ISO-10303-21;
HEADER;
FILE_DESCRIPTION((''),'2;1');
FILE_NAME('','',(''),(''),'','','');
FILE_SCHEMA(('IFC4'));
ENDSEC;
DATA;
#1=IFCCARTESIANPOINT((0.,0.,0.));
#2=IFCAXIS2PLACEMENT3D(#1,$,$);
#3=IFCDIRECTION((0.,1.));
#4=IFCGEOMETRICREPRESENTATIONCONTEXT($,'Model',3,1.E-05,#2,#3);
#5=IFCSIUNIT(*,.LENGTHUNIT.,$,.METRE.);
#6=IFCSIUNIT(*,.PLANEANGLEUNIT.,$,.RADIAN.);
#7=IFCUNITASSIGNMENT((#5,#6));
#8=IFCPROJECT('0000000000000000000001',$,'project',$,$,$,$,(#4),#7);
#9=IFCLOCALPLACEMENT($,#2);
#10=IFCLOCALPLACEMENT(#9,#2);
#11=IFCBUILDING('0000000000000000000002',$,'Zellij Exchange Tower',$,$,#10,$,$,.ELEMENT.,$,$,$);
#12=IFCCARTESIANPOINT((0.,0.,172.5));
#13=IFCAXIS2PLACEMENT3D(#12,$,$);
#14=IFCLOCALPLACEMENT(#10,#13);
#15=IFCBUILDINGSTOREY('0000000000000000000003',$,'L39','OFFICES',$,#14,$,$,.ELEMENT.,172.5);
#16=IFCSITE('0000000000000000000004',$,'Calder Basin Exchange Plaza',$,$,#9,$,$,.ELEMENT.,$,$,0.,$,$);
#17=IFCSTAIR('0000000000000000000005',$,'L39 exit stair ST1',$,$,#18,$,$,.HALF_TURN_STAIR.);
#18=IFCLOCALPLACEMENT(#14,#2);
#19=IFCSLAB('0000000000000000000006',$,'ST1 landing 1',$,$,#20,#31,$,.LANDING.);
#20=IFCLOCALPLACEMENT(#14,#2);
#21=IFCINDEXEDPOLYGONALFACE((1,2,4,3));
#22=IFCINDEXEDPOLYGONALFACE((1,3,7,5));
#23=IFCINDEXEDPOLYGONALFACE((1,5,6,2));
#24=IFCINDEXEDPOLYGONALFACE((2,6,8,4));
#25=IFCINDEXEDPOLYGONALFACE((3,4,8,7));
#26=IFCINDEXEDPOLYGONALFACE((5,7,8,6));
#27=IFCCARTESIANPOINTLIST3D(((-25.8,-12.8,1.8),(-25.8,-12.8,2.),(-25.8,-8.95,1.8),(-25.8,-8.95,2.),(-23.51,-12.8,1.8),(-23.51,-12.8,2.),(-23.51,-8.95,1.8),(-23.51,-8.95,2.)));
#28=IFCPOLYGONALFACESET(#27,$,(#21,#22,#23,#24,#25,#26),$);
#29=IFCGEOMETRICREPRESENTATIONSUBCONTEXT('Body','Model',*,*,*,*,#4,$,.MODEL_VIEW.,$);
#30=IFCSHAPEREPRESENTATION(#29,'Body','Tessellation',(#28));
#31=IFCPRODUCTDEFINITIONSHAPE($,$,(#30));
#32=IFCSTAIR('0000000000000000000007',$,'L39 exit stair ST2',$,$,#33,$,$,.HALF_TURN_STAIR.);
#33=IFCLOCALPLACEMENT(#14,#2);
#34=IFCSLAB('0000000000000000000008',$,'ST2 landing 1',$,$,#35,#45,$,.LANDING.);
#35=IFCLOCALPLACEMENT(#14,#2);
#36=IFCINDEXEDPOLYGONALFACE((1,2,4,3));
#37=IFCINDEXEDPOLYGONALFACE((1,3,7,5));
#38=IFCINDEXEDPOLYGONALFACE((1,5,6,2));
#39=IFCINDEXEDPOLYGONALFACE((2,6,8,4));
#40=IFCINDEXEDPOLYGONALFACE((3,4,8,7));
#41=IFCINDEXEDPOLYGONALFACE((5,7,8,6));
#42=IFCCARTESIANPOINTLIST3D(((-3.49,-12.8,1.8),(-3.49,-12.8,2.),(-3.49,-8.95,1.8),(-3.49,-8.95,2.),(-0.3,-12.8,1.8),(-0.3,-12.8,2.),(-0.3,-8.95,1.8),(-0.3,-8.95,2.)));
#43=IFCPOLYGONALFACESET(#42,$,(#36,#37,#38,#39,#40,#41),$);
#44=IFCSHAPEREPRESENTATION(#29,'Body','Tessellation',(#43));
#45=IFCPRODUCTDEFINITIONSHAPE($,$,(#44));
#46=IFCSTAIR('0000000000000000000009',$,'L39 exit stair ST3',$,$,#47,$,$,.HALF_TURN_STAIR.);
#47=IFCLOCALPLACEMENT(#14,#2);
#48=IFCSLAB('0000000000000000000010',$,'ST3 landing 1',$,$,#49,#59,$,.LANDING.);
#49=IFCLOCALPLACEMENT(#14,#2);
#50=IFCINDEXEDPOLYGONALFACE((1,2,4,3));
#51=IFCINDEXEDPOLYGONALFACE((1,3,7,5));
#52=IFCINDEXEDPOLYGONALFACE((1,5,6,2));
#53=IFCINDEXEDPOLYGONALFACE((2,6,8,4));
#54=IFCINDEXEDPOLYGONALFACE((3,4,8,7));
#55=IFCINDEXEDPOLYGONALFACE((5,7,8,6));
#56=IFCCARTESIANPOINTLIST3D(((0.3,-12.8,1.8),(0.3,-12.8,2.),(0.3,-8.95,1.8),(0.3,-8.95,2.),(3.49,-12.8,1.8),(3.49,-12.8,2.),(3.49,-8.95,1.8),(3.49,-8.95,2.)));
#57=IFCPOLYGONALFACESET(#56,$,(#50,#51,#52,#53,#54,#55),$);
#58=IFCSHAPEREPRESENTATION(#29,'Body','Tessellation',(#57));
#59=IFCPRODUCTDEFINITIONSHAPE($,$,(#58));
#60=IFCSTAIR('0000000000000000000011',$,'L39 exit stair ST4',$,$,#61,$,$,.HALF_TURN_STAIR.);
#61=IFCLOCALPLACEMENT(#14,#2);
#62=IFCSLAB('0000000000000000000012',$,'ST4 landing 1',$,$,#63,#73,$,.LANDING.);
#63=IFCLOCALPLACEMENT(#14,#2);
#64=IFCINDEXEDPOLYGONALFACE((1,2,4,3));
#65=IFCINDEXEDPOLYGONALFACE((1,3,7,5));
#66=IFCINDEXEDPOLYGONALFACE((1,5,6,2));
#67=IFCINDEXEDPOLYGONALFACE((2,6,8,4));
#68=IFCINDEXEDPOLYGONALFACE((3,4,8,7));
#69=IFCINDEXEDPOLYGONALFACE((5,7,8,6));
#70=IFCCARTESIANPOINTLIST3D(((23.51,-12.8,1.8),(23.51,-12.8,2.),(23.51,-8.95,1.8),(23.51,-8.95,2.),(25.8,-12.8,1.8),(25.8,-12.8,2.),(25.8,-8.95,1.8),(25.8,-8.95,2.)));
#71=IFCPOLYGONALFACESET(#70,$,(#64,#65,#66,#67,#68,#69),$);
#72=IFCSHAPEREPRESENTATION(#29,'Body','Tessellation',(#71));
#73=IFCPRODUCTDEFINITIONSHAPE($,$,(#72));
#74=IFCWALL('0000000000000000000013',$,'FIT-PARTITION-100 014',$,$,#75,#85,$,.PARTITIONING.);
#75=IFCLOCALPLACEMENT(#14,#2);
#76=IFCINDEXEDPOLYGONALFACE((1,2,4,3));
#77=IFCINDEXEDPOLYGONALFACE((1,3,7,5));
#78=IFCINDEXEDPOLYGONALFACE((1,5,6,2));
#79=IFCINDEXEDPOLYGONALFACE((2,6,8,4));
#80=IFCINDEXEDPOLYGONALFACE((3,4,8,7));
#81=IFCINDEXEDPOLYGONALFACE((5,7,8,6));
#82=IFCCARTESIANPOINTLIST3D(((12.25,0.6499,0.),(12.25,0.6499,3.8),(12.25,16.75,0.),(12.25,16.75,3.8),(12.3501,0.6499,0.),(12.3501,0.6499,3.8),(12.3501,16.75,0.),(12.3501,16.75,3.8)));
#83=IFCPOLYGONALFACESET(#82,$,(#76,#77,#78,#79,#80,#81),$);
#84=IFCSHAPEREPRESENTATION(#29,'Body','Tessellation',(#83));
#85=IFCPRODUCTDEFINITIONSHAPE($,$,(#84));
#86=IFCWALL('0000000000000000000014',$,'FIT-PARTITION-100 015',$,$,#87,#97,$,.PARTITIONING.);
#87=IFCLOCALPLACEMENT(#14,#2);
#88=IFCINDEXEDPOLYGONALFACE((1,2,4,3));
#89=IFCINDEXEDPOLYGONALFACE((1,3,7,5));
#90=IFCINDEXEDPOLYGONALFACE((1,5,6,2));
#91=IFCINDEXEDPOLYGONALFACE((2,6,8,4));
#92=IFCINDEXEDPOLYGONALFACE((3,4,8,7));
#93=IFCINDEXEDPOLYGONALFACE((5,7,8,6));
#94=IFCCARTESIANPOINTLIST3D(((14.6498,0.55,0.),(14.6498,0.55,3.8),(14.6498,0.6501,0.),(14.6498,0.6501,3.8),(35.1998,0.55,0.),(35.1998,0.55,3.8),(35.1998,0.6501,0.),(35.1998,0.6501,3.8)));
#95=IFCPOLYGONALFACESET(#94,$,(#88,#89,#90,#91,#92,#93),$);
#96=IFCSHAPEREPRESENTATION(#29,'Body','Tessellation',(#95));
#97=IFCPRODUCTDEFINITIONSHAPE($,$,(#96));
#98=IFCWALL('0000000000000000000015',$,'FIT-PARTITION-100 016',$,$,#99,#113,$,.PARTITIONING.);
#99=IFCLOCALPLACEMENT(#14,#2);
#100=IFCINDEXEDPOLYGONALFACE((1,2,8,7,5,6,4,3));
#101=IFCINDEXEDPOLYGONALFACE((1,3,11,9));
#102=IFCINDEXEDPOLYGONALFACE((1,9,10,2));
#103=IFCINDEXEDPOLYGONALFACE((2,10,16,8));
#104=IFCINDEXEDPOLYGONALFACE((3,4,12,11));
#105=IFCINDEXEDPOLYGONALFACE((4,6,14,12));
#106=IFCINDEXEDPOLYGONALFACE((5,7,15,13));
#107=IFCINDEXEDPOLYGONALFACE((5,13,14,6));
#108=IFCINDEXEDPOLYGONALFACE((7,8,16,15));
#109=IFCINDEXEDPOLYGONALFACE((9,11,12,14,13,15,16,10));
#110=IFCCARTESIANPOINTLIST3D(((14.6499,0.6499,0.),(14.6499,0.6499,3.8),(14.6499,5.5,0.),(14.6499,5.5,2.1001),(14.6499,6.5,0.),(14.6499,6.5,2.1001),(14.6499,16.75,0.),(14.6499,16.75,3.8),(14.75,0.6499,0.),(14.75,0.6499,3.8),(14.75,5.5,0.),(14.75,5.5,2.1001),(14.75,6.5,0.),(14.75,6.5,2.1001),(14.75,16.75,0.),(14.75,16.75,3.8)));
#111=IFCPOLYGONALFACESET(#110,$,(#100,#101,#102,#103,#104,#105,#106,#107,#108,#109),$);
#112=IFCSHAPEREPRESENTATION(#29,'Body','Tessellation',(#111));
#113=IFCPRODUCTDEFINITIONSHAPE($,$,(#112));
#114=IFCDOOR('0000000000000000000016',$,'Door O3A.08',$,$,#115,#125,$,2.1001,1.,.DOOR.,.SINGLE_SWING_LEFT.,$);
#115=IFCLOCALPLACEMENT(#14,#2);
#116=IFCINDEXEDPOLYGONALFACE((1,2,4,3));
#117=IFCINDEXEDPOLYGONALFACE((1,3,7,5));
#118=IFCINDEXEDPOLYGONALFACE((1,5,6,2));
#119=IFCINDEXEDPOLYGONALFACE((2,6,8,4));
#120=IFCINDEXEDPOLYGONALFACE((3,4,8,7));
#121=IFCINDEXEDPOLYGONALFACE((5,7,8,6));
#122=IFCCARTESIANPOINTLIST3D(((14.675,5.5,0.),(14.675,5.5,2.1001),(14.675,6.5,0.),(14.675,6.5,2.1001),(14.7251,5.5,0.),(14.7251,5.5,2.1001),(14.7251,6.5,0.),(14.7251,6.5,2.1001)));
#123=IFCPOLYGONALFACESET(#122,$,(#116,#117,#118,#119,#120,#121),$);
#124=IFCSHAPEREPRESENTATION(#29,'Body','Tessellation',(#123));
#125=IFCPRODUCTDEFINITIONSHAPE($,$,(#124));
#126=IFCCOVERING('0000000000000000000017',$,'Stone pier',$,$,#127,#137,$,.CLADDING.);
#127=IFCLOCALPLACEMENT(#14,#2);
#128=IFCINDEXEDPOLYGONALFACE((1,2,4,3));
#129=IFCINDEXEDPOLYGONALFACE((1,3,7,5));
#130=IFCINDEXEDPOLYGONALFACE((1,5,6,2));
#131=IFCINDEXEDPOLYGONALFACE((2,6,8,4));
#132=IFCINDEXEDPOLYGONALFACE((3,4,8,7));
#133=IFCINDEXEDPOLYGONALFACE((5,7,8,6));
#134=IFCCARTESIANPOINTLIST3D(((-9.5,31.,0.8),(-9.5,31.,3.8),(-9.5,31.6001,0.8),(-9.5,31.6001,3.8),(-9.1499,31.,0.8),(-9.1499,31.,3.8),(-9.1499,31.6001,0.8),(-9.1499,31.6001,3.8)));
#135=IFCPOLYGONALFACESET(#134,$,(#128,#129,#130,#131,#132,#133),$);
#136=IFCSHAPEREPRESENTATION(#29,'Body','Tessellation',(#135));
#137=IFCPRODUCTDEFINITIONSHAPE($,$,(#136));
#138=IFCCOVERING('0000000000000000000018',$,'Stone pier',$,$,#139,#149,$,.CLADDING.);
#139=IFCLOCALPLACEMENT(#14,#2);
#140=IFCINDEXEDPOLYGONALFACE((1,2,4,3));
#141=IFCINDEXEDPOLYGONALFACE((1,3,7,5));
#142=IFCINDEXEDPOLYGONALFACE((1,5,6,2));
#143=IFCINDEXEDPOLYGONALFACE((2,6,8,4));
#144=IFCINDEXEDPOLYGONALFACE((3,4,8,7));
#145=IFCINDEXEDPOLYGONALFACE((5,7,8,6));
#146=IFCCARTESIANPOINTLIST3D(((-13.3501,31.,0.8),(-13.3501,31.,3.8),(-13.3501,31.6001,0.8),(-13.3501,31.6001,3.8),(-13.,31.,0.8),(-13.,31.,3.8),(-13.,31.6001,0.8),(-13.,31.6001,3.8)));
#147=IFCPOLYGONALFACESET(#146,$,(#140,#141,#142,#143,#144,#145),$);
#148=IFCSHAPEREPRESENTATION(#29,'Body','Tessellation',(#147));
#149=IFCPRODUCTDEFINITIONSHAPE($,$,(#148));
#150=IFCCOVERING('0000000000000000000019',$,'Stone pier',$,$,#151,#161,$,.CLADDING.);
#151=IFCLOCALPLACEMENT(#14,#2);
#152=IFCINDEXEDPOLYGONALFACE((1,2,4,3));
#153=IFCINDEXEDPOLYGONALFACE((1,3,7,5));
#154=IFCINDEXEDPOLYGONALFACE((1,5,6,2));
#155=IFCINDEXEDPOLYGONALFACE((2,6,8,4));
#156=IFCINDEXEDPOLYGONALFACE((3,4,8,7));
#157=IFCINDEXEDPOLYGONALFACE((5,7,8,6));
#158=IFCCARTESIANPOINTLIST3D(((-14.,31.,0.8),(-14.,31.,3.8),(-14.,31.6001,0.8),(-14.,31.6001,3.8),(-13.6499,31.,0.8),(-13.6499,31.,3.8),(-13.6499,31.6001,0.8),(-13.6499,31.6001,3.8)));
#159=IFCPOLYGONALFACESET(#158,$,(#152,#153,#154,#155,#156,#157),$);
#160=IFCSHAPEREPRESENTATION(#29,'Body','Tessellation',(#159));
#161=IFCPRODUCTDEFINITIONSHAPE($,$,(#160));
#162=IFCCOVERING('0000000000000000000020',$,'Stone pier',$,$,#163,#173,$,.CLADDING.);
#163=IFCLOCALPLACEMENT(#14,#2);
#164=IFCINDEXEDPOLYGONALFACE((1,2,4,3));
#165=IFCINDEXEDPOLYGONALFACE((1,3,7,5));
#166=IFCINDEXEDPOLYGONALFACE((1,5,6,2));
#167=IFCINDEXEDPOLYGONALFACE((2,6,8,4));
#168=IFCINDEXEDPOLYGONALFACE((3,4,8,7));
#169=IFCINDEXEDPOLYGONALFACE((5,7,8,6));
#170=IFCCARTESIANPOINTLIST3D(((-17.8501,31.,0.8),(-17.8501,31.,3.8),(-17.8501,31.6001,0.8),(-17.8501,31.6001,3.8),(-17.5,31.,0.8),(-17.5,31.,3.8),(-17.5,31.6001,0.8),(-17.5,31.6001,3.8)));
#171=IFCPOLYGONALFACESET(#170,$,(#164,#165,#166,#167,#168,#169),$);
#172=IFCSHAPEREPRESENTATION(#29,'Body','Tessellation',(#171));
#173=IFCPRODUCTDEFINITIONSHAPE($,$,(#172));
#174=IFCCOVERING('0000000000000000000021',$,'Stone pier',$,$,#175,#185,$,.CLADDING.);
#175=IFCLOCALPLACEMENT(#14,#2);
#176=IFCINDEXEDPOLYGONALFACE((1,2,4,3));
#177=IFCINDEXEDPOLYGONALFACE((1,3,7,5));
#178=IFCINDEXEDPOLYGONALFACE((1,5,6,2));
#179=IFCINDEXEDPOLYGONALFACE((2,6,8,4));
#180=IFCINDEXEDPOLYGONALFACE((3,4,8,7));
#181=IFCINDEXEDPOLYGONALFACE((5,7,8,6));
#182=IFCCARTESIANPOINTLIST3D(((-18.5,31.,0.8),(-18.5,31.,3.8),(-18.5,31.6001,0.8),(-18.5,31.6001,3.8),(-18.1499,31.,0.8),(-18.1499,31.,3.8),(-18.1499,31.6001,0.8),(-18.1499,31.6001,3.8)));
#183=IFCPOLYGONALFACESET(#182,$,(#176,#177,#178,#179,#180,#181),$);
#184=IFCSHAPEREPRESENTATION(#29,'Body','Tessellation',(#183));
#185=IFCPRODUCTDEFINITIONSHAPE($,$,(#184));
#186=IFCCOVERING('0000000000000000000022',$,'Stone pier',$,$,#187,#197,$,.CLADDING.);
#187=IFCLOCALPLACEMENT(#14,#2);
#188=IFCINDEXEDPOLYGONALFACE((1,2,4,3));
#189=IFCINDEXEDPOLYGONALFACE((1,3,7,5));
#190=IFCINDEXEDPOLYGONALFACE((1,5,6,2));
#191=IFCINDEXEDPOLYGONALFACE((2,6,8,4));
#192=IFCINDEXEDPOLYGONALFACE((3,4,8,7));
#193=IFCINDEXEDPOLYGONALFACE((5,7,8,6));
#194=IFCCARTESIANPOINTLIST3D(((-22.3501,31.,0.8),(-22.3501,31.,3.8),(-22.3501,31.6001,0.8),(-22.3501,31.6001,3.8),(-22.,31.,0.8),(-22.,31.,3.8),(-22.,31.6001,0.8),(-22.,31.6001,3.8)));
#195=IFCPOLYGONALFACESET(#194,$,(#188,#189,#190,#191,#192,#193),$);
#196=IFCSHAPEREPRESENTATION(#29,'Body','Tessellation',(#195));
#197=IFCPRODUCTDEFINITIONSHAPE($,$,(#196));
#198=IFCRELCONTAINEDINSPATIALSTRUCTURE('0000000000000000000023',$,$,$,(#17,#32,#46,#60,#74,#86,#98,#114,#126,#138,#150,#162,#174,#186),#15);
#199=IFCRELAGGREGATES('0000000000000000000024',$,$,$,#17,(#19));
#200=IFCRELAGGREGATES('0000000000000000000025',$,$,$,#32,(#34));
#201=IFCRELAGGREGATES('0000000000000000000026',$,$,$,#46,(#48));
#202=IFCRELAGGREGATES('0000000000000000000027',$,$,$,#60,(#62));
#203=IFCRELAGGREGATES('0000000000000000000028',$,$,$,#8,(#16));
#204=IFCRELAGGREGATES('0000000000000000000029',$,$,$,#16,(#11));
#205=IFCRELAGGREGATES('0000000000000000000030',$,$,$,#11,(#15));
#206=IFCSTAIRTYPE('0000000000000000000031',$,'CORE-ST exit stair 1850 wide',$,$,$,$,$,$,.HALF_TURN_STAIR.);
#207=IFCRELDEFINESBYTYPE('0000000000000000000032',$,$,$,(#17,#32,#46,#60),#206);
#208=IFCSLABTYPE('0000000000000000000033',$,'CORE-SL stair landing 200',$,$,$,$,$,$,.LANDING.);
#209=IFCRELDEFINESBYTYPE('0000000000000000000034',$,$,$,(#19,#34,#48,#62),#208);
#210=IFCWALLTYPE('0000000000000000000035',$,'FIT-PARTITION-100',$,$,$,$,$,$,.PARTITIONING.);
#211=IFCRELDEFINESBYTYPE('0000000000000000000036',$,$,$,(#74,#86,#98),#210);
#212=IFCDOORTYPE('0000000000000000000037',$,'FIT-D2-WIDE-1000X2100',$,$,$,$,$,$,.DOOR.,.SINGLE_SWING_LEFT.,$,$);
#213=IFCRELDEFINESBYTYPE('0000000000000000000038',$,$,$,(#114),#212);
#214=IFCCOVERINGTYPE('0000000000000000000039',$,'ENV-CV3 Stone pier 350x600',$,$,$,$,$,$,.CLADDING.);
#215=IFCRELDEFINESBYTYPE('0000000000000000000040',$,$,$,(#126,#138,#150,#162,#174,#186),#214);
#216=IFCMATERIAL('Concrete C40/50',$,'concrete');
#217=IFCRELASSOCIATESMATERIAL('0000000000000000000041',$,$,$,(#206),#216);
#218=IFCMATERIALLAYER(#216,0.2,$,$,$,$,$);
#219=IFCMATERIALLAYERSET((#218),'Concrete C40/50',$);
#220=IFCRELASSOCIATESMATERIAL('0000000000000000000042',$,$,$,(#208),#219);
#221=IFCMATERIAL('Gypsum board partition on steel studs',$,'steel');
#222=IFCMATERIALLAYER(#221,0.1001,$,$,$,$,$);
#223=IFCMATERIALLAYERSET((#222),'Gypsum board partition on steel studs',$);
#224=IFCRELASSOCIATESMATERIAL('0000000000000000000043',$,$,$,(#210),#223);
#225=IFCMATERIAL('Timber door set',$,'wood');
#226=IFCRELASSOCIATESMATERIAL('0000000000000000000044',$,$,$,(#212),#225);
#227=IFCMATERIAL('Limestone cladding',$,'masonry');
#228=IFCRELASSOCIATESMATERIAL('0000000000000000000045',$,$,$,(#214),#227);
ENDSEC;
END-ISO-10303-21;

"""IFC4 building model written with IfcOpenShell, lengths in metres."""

from ifc_helpers import new_model, si_unit, direction, frame, frame_2d, origin, place, context, subcontext, project, spatial, polyline, rectangle, outline, extrude, material, layer, layer_set, type_object, element, fill, aggregate, save


model = new_model("IFC4")

# Units and contexts
model_context = context("Model", 3, precision=1e-05, world=origin(), true_north=direction((0.0, 1.0)))
body_context = subcontext(model_context, "Body", "Model", "MODEL_VIEW")
ifc_project = project(units=[si_unit("LENGTHUNIT", "METRE"), si_unit("PLANEANGLEUNIT", "RADIAN")], contexts=[model_context])

# Site, building, storey
site_placement = place(None, origin())
site = spatial("IfcSite", under=ifc_project, at=site_placement, Name="Calder Basin Exchange Plaza", CompositionType="ELEMENT", RefElevation=0.0)
building_placement = place(site_placement, origin())
building = spatial("IfcBuilding", under=site, at=building_placement, Name="Zellij Exchange Tower", CompositionType="ELEMENT")
storey_placement = place(building_placement, frame((0.0, 0.0, 172.5)))
storey = spatial("IfcBuildingStorey", under=building, at=storey_placement, Name="L39", Description="OFFICES", CompositionType="ELEMENT", Elevation=172.5)

# Stairs, slabs
ifc_material_1 = material(Name="Concrete C40/50", Category="concrete")
stair_type = type_object("IfcStairType", Name="CORE-ST exit stair 1850 wide", PredefinedType="HALF_TURN_STAIR", material=ifc_material_1)
stair_1_placement = place(storey_placement, origin())
stair_1 = element("IfcStair", 1, at=stair_1_placement, inside=storey, type_object=stair_type, Name="L39 exit stair ST1", PredefinedType="HALF_TURN_STAIR")
ifc_layer_1 = layer(ifc_material_1, 0.2)
ifc_layer_set_1 = layer_set([ifc_layer_1], Name="Concrete C40/50")
slab_type = type_object("IfcSlabType", Name="CORE-SL stair landing 200", PredefinedType="LANDING", material=ifc_layer_set_1)
slab_1_placement = place(storey_placement, frame((0.0, 0.0, 1.8)))
slab_1 = element("IfcSlab", 2, at=slab_1_placement, type_object=slab_type, Name="ST1 landing 1", PredefinedType="LANDING", context=body_context, shape_type="SweptSolid", body=[
    extrude(outline(polyline([(-23.51, -8.95), (-25.8, -8.95), (-25.8, -12.8), (-23.51, -12.8), (-23.51, -8.95)])), origin(), (0.0, 0.0, 1.0), 0.2),
])
aggregate(stair_1, [slab_1])
stair_2_placement = place(storey_placement, origin())
stair_2 = element("IfcStair", 3, at=stair_2_placement, inside=storey, type_object=stair_type, Name="L39 exit stair ST2", PredefinedType="HALF_TURN_STAIR")
slab_2_placement = place(storey_placement, frame((0.0, 0.0, 1.8)))
slab_2 = element("IfcSlab", 4, at=slab_2_placement, type_object=slab_type, Name="ST2 landing 1", PredefinedType="LANDING", context=body_context, shape_type="SweptSolid", body=[
    extrude(outline(polyline([(-3.49, -12.8), (-0.3, -12.8), (-0.3, -8.95), (-3.49, -8.95), (-3.49, -12.8)])), origin(), (0.0, 0.0, 1.0), 0.2),
])
aggregate(stair_2, [slab_2])
stair_3_placement = place(storey_placement, origin())
stair_3 = element("IfcStair", 5, at=stair_3_placement, inside=storey, type_object=stair_type, Name="L39 exit stair ST3", PredefinedType="HALF_TURN_STAIR")
slab_3_placement = place(storey_placement, frame((0.0, 0.0, 1.8)))
slab_3 = element("IfcSlab", 6, at=slab_3_placement, type_object=slab_type, Name="ST3 landing 1", PredefinedType="LANDING", context=body_context, shape_type="SweptSolid", body=[
    extrude(outline(polyline([(3.49, -8.95), (0.3, -8.95), (0.3, -12.8), (3.49, -12.8), (3.49, -8.95)])), origin(), (0.0, 0.0, 1.0), 0.2),
])
aggregate(stair_3, [slab_3])
stair_4_placement = place(storey_placement, origin())
stair_4 = element("IfcStair", 7, at=stair_4_placement, inside=storey, type_object=stair_type, Name="L39 exit stair ST4", PredefinedType="HALF_TURN_STAIR")
slab_4_placement = place(storey_placement, frame((0.0, 0.0, 1.8)))
slab_4 = element("IfcSlab", 8, at=slab_4_placement, type_object=slab_type, Name="ST4 landing 1", PredefinedType="LANDING", context=body_context, shape_type="SweptSolid", body=[
    extrude(outline(polyline([(23.51, -12.8), (25.8, -12.8), (25.8, -8.95), (23.51, -8.95), (23.51, -12.8)])), origin(), (0.0, 0.0, 1.0), 0.2),
])
aggregate(stair_4, [slab_4])

# Walls
ifc_material_2 = material(Name="Gypsum board partition on steel studs", Category="steel")
ifc_layer_2 = layer(ifc_material_2, 0.1001)
ifc_layer_set_2 = layer_set([ifc_layer_2], Name="Gypsum board partition on steel studs")
wall_type = type_object("IfcWallType", Name="FIT-PARTITION-100", PredefinedType="PARTITIONING", material=ifc_layer_set_2)
wall_1_placement = place(storey_placement, frame((12.3, 0.6499, 0.0), z_axis=(0.0, 0.0, 1.0), x_axis=(0.0, 1.0, 0.0)))
element("IfcWall", 9, at=wall_1_placement, inside=storey, type_object=wall_type, Name="FIT-PARTITION-100 014", PredefinedType="PARTITIONING", context=body_context, shape_type="SweptSolid", body=[
    extrude(rectangle(XDim=16.1001, YDim=0.1001, at=frame_2d((8.05, 0.0))), origin(), (0.0, 0.0, 1.0), 3.8),
])
wall_2_placement = place(storey_placement, frame((14.6499, 0.6001, 0.0), z_axis=(0.0, 0.0, 1.0), x_axis=(1.0, 0.0, 0.0)))
element("IfcWall", 10, at=wall_2_placement, inside=storey, type_object=wall_type, Name="FIT-PARTITION-100 015", PredefinedType="PARTITIONING", context=body_context, shape_type="SweptSolid", body=[
    extrude(rectangle(XDim=20.55, YDim=0.1001, at=frame_2d((10.2749, 0.0))), origin(), (0.0, 0.0, 1.0), 3.8),
])

# Wall, opening, door
wall_3_placement = place(storey_placement, frame((14.7, 0.6499, 0.0), z_axis=(0.0, 0.0, 1.0), x_axis=(0.0, 1.0, 0.0)))
wall_3 = element("IfcWall", 11, at=wall_3_placement, inside=storey, type_object=wall_type, Name="FIT-PARTITION-100 016", PredefinedType="PARTITIONING", context=body_context, shape_type="SweptSolid", body=[
    extrude(rectangle(XDim=16.1001, YDim=0.1001, at=frame_2d((8.05, 0.0))), origin(), (0.0, 0.0, 1.0), 3.8),
])
opening_placement = place(wall_3_placement, frame((4.8501, 0.0, 0.0)))
opening = element("IfcOpeningElement", 12, at=opening_placement, cuts=wall_3, PredefinedType="OPENING", context=body_context, shape_type="SweptSolid", body=[
    extrude(rectangle(XDim=1.0, YDim=2.1001, at=frame_2d((0.5, 1.05))), frame((0.0, 0.062, 0.0), z_axis=(0.0, -1.0, 0.0), x_axis=(1.0, 0.0, 0.0)), (0.0, 0.0, 1.0), 0.124),
])
ifc_material_3 = material(Name="Timber door set", Category="wood")
door_type = type_object("IfcDoorType", Name="FIT-D2-WIDE-1000X2100", OperationType="SINGLE_SWING_LEFT", PredefinedType="DOOR", material=ifc_material_3)
door_placement = place(opening_placement, origin())
door = element("IfcDoor", 13, at=door_placement, inside=storey, type_object=door_type, Name="Door O3A.08", OperationType="SINGLE_SWING_LEFT", OverallHeight=2.1001, OverallWidth=1.0, PredefinedType="DOOR", context=body_context, shape_type="SweptSolid", body=[
    extrude(rectangle(XDim=1.0, YDim=2.1001, at=frame_2d((0.5, 1.05))), frame((0.0, 0.0249, 0.0), z_axis=(0.0, -1.0, 0.0), x_axis=(1.0, 0.0, 0.0)), (0.0, 0.0, 1.0), 0.05),
])
fill(opening, door)

# Coverings
ifc_material_4 = material(Name="Limestone cladding", Category="masonry")
covering_type_1 = type_object("IfcCoveringType", Name="ENV-CV3 Stone pier 350x600", PredefinedType="CLADDING", material=ifc_material_4)
covering_1_placement = place(storey_placement, frame((0.0, 0.0, 0.8)))
element("IfcCovering", 14, at=covering_1_placement, inside=storey, type_object=covering_type_1, Name="Stone pier", PredefinedType="CLADDING", context=body_context, shape_type="SweptSolid", body=[
    extrude(outline(polyline([(-9.1499, 31.0), (-9.5, 31.0), (-9.5, 31.6001), (-9.1499, 31.6001), (-9.1499, 31.0)])), origin(), (0.0, 0.0, 1.0), 3.0),
])
covering_2_placement = place(storey_placement, frame((0.0, 0.0, 0.8)))
element("IfcCovering", 15, at=covering_2_placement, inside=storey, type_object=covering_type_1, Name="Stone pier", PredefinedType="CLADDING", context=body_context, shape_type="SweptSolid", body=[
    extrude(outline(polyline([(-13.0, 31.0), (-13.3501, 31.0), (-13.3501, 31.6001), (-13.0, 31.6001), (-13.0, 31.0)])), origin(), (0.0, 0.0, 1.0), 3.0),
])
covering_3_placement = place(storey_placement, frame((0.0, 0.0, 0.8)))
element("IfcCovering", 16, at=covering_3_placement, inside=storey, type_object=covering_type_1, Name="Stone pier", PredefinedType="CLADDING", context=body_context, shape_type="SweptSolid", body=[
    extrude(outline(polyline([(-13.6499, 31.0), (-14.0, 31.0), (-14.0, 31.6001), (-13.6499, 31.6001), (-13.6499, 31.0)])), origin(), (0.0, 0.0, 1.0), 3.0),
])
covering_4_placement = place(storey_placement, frame((0.0, 0.0, 0.8)))
element("IfcCovering", 17, at=covering_4_placement, inside=storey, type_object=covering_type_1, Name="Stone pier", PredefinedType="CLADDING", context=body_context, shape_type="SweptSolid", body=[
    extrude(outline(polyline([(-17.5, 31.0), (-17.8501, 31.0), (-17.8501, 31.6001), (-17.5, 31.6001), (-17.5, 31.0)])), origin(), (0.0, 0.0, 1.0), 3.0),
])
covering_5_placement = place(storey_placement, frame((0.0, 0.0, 0.8)))
element("IfcCovering", 18, at=covering_5_placement, inside=storey, type_object=covering_type_1, Name="Stone pier", PredefinedType="CLADDING", context=body_context, shape_type="SweptSolid", body=[
    extrude(outline(polyline([(-18.1499, 31.0), (-18.5, 31.0), (-18.5, 31.6001), (-18.1499, 31.6001), (-18.1499, 31.0)])), origin(), (0.0, 0.0, 1.0), 3.0),
])
covering_6_placement = place(storey_placement, frame((0.0, 0.0, 0.8)))
element("IfcCovering", 19, at=covering_6_placement, inside=storey, type_object=covering_type_1, Name="Stone pier", PredefinedType="CLADDING", context=body_context, shape_type="SweptSolid", body=[
    extrude(outline(polyline([(-22.0, 31.0), (-22.3501, 31.0), (-22.3501, 31.6001), (-22.0, 31.6001), (-22.0, 31.0)])), origin(), (0.0, 0.0, 1.0), 3.0),
])

save(model, "model.ifc")
